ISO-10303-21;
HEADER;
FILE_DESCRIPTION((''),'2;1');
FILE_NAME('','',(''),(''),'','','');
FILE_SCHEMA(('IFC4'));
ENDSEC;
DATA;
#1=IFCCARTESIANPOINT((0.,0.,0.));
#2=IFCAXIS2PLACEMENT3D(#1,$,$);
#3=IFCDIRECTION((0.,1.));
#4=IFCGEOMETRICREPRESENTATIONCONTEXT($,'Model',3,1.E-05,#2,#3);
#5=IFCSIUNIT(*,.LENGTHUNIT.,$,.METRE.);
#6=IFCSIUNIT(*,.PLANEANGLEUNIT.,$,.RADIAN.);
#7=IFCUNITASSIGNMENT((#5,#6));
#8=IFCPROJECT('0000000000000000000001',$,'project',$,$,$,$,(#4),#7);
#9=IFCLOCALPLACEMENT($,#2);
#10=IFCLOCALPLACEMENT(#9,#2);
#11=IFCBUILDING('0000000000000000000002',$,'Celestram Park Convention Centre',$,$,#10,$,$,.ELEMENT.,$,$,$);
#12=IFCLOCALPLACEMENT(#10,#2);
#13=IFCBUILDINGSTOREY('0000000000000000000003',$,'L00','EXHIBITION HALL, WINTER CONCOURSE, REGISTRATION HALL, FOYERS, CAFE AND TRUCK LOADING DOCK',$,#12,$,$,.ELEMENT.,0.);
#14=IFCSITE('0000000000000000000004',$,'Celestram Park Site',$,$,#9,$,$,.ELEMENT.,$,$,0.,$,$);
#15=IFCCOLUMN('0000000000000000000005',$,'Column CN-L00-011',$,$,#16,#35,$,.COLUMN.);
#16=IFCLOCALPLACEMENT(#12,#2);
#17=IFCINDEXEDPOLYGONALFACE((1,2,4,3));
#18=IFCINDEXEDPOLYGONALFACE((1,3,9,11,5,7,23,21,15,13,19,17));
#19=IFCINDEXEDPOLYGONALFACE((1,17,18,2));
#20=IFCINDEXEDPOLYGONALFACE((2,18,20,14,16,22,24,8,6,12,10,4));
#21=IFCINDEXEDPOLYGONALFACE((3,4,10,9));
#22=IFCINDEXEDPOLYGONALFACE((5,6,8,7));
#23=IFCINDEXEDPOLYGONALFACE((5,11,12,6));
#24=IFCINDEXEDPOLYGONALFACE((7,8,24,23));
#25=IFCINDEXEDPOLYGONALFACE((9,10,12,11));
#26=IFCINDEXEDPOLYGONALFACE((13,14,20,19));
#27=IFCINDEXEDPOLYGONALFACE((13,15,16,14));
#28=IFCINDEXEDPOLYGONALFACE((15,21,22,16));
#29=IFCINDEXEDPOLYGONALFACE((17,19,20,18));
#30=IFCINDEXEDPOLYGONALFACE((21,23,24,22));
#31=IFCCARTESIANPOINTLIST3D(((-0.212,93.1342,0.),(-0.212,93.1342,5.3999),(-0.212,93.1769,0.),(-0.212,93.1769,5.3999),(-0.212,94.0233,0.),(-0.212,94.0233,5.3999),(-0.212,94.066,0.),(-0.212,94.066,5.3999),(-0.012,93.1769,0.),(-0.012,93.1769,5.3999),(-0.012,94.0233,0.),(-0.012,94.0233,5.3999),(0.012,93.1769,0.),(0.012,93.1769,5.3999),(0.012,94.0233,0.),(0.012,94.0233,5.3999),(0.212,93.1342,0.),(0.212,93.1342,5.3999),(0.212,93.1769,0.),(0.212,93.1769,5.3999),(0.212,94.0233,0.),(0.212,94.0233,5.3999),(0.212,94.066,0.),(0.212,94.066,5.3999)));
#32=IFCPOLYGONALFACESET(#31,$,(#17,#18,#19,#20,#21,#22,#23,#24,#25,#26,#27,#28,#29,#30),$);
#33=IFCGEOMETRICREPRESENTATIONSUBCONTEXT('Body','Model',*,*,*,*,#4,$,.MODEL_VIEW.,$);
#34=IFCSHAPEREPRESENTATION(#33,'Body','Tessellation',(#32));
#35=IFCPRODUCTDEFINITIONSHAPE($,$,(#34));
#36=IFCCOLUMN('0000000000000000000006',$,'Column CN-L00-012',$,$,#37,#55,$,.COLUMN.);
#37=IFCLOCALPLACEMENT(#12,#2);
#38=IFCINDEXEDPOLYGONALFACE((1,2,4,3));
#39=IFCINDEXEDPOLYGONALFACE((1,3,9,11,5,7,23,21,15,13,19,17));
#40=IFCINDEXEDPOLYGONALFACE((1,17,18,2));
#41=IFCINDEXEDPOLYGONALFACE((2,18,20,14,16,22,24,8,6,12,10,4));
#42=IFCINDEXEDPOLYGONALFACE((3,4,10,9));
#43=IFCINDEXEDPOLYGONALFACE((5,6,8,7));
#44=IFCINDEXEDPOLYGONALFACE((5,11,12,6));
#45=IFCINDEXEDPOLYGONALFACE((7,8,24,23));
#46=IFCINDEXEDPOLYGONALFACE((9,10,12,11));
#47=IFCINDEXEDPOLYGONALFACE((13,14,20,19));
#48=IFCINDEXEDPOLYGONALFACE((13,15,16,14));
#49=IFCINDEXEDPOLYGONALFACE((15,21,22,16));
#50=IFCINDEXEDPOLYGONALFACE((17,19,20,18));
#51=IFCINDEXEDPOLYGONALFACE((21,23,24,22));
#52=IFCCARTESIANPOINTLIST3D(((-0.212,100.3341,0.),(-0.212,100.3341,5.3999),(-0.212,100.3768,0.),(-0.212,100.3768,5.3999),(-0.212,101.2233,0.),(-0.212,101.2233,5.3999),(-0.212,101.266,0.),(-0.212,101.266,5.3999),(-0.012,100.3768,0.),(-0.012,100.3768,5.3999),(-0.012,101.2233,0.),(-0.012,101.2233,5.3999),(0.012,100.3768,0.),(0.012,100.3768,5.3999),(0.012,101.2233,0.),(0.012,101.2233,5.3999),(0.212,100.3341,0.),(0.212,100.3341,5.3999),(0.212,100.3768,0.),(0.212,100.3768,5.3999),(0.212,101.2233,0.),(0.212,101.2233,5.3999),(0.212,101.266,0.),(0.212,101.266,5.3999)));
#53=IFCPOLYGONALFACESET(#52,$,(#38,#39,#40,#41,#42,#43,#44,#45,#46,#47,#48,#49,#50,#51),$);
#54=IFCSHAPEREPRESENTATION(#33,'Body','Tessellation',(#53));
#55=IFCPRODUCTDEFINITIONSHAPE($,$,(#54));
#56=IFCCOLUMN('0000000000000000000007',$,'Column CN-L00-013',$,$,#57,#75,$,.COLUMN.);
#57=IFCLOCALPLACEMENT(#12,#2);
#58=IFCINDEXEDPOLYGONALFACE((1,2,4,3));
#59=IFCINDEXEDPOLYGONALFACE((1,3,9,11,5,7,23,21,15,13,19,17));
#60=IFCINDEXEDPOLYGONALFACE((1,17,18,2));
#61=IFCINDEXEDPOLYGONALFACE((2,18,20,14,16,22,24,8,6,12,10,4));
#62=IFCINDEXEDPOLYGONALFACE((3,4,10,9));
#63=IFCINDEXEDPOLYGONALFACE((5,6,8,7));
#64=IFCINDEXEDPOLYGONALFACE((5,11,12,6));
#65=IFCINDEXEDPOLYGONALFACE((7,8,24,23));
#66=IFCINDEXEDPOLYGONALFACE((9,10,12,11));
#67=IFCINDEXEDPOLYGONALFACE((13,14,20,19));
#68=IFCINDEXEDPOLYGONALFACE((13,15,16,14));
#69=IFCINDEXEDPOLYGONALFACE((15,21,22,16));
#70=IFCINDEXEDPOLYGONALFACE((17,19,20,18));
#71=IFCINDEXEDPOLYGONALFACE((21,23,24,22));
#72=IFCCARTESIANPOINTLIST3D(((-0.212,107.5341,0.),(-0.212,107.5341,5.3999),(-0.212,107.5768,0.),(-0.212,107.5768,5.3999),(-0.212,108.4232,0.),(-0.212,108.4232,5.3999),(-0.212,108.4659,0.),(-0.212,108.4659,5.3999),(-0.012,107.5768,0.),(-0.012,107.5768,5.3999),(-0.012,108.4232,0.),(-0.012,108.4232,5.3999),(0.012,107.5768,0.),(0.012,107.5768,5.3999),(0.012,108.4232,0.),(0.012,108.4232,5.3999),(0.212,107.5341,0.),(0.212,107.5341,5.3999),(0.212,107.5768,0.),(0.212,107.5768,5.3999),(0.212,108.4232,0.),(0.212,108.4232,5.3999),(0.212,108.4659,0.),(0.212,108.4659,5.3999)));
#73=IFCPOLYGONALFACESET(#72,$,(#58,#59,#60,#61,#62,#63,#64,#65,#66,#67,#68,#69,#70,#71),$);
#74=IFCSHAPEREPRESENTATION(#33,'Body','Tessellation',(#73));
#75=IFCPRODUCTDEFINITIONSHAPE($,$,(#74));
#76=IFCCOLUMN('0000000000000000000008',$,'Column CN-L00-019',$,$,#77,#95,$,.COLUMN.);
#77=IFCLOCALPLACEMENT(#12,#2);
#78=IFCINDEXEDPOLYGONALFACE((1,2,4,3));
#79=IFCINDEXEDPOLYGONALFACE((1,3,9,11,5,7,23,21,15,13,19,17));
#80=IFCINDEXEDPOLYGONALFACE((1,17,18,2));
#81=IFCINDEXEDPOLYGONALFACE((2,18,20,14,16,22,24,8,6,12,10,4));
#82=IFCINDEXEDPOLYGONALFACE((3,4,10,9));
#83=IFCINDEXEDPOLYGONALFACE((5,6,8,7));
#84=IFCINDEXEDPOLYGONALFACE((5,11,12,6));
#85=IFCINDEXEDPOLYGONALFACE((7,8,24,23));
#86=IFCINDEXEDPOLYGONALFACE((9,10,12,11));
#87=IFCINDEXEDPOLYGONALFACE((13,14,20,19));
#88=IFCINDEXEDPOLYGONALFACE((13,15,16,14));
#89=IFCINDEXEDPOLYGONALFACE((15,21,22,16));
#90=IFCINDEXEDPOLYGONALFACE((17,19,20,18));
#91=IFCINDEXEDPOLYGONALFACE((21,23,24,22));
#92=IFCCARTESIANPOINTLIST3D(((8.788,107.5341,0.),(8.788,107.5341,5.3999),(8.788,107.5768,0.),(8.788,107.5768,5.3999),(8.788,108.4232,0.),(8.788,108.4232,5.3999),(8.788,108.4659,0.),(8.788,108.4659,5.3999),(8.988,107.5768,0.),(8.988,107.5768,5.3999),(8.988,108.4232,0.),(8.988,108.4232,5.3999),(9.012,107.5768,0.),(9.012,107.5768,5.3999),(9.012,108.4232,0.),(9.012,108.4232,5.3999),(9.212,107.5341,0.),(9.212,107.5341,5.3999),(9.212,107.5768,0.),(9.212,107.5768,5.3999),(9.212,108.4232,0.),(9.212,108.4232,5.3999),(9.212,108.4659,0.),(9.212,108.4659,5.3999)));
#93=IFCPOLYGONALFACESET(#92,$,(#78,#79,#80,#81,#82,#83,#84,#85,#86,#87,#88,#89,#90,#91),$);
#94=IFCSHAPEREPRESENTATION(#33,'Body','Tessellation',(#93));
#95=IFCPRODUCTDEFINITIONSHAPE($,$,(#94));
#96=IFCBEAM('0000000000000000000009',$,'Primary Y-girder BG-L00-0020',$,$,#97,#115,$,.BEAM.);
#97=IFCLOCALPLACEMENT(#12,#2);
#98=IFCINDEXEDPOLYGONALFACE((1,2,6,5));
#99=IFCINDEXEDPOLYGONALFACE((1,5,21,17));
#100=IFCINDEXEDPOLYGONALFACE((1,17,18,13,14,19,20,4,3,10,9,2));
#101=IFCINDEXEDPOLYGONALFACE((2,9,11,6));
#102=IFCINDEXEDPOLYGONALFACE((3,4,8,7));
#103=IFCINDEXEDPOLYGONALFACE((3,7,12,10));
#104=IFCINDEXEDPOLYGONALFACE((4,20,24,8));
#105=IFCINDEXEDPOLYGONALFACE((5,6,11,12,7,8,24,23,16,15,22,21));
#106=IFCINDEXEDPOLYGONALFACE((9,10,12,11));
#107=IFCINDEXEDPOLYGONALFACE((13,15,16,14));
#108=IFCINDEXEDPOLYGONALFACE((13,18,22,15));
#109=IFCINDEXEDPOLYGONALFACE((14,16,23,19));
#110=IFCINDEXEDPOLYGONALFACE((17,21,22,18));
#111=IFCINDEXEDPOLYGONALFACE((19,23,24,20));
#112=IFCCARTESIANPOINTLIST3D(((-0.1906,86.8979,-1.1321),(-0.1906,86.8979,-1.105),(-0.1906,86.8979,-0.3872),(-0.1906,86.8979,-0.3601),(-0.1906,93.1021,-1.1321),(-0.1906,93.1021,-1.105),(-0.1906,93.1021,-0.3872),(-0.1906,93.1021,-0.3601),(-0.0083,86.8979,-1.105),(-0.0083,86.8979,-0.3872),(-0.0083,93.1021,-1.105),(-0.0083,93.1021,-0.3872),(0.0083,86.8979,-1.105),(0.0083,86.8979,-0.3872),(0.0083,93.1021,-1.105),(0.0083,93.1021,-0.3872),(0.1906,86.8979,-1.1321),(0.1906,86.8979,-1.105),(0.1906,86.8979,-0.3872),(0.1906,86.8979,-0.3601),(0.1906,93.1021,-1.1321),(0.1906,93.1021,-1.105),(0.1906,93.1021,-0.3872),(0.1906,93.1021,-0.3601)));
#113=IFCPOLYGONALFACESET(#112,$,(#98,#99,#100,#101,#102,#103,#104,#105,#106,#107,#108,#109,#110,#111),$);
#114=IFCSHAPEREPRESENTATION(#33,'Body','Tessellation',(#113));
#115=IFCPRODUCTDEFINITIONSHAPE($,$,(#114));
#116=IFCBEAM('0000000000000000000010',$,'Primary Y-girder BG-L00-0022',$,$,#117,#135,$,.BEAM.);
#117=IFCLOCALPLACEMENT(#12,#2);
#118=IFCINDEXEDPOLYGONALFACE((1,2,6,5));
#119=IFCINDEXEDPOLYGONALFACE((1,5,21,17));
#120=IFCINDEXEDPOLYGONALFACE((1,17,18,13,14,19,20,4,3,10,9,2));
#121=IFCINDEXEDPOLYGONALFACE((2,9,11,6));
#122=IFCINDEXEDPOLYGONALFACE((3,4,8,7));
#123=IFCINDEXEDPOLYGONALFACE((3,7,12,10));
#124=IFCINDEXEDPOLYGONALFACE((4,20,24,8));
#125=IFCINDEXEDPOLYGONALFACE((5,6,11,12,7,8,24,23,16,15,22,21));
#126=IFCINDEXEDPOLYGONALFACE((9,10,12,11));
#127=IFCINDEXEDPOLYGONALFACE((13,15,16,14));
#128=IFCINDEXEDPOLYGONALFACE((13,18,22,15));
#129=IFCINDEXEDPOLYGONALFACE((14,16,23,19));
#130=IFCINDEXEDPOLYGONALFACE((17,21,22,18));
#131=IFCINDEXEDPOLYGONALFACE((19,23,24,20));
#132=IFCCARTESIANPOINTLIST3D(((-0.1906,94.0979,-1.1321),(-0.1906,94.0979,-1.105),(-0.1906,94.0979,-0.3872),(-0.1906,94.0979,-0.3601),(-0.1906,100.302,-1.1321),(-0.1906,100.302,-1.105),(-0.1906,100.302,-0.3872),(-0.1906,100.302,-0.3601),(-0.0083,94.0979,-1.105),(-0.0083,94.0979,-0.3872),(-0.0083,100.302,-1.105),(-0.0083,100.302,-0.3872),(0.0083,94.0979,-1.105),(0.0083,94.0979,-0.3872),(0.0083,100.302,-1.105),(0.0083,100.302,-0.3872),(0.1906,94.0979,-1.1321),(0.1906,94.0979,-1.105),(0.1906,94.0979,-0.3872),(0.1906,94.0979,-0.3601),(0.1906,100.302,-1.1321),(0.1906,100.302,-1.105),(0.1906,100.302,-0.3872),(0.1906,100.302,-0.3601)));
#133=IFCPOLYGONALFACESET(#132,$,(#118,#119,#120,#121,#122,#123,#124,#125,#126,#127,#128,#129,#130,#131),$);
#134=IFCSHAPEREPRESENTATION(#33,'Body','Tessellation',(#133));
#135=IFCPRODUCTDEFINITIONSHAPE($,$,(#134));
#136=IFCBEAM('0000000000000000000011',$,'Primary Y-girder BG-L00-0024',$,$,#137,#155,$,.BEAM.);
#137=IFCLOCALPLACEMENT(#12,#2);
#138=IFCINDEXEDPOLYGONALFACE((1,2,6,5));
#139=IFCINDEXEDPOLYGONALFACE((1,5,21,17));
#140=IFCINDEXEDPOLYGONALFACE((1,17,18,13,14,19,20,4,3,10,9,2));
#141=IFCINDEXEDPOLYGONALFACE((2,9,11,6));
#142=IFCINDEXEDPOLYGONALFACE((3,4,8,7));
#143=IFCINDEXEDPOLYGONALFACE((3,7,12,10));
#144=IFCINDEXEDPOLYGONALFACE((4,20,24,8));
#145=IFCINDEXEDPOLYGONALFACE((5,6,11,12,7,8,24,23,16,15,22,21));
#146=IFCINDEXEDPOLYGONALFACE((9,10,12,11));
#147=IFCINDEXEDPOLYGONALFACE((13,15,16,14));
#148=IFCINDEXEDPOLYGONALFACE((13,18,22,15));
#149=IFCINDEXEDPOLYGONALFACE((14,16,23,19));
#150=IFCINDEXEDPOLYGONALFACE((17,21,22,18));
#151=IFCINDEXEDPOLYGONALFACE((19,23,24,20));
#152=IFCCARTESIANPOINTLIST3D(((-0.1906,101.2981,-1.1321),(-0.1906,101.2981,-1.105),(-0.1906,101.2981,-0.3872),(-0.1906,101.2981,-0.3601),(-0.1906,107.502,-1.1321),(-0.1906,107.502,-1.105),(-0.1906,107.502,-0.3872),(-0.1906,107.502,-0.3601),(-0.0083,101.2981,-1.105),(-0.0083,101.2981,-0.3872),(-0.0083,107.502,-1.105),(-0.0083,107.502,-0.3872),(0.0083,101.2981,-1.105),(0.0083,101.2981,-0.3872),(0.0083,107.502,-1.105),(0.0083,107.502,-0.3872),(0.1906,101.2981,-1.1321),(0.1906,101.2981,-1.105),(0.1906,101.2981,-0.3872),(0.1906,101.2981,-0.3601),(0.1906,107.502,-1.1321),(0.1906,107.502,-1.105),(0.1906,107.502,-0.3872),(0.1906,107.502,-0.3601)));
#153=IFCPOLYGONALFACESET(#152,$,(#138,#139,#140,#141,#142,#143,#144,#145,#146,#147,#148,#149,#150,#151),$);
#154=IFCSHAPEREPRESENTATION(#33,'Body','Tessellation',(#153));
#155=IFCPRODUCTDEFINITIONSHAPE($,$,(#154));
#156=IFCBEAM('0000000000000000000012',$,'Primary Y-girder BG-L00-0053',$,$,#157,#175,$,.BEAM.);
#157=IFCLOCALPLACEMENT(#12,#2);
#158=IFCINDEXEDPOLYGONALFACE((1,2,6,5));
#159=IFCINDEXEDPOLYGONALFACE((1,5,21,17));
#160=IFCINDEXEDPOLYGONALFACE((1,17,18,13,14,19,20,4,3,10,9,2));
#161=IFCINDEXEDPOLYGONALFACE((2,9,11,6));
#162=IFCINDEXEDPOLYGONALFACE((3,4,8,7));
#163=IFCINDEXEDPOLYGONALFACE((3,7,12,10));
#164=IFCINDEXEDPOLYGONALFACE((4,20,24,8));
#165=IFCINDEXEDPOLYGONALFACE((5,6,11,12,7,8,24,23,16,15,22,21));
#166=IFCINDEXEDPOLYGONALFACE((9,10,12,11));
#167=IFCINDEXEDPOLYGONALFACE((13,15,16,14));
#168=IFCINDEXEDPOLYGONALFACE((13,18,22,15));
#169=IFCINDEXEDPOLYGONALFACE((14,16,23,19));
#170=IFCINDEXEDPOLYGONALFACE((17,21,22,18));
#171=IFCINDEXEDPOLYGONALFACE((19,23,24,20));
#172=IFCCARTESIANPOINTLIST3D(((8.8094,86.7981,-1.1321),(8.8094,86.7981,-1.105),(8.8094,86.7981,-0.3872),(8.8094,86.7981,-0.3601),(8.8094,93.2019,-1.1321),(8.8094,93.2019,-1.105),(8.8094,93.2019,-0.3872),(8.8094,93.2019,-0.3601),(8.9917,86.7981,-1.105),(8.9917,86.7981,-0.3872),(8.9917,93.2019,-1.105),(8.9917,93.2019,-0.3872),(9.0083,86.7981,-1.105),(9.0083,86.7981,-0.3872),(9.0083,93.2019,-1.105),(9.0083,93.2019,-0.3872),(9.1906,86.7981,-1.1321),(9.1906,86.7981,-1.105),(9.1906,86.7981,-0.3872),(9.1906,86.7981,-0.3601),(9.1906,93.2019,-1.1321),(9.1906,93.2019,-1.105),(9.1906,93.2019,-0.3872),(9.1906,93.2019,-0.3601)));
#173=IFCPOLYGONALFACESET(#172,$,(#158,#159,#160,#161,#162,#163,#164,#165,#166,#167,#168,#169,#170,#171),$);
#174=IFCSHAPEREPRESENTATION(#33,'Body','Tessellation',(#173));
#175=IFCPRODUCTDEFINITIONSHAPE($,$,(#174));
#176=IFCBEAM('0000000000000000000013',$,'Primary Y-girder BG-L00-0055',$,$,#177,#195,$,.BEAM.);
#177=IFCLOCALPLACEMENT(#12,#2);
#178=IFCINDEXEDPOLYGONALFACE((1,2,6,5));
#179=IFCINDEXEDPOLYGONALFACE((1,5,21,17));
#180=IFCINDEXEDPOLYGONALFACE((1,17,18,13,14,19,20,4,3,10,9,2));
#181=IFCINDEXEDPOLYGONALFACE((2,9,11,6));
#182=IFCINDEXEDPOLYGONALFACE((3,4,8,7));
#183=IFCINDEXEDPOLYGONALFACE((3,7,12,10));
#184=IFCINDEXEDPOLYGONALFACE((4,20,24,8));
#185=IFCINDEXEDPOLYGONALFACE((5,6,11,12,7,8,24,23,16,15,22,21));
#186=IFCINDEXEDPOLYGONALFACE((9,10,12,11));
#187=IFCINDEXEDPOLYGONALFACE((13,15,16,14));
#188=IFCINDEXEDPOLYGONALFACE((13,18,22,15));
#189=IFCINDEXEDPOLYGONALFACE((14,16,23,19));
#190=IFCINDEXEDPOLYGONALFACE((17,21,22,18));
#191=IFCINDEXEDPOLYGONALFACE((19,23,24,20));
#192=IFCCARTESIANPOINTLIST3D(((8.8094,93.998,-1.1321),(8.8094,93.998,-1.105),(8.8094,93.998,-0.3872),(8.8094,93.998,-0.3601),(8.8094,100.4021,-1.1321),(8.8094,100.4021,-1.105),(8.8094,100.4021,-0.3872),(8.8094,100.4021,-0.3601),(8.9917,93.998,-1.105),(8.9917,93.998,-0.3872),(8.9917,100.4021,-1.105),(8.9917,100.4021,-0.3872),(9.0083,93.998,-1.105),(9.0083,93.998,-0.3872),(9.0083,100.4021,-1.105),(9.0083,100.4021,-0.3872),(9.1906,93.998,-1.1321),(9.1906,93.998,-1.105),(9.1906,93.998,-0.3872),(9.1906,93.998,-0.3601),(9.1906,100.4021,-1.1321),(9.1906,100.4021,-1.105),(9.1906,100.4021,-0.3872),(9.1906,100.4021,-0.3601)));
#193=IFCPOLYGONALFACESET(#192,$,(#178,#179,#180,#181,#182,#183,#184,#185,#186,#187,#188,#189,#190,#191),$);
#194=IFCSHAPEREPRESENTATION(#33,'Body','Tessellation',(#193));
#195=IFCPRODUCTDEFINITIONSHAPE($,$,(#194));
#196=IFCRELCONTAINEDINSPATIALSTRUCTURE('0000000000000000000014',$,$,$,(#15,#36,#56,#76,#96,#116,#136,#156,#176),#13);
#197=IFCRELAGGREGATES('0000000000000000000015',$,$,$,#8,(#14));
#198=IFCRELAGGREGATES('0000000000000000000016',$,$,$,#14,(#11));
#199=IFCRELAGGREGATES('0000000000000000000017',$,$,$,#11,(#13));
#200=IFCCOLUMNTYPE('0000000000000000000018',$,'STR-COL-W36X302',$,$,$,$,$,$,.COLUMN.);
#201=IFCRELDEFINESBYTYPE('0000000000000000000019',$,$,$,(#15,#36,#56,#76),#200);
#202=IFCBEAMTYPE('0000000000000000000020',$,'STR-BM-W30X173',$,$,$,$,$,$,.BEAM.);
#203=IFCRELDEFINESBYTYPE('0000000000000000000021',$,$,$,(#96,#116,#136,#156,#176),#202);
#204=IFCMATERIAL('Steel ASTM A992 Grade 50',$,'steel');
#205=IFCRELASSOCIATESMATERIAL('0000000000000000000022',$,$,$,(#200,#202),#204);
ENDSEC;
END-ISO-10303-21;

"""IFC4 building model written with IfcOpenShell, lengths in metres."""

from ifc_helpers import new_model, si_unit, direction, frame, origin, origin_2d, place, context, subcontext, project, spatial, i_section, extrude, material, material_profile, profile_set, type_object, element, save


model = new_model("IFC4")

# Units and contexts
model_context = context("Model", 3, precision=1e-05, world=origin(), true_north=direction((0.0, 1.0)))
body_context = subcontext(model_context, "Body", "Model", "MODEL_VIEW")
ifc_project = project(units=[si_unit("LENGTHUNIT", "METRE"), si_unit("PLANEANGLEUNIT", "RADIAN")], contexts=[model_context])

# Site, building, storey
site_placement = place(None, origin())
site = spatial("IfcSite", under=ifc_project, at=site_placement, Name="Celestram Park Site", CompositionType="ELEMENT", RefElevation=0.0)
building_placement = place(site_placement, origin())
building = spatial("IfcBuilding", under=site, at=building_placement, Name="Celestram Park Convention Centre", CompositionType="ELEMENT")
storey_placement = place(building_placement, origin())
storey = spatial("IfcBuildingStorey", under=building, at=storey_placement, Name="L00", Description="EXHIBITION HALL, WINTER CONCOURSE, REGISTRATION HALL, FOYERS, CAFE AND TRUCK LOADING DOCK", CompositionType="ELEMENT", Elevation=0.0)

# Columns
ifc_material_1 = material(Name="Steel ASTM A992 Grade 50", Category="steel")
ifc_material_profile_1 = material_profile(ifc_material_1, i_section(OverallWidth=0.4241, OverallDepth=0.9319, WebThickness=0.0239, FlangeThickness=0.0427, at=origin_2d()), Name="W36X302")
ifc_profile_set_1 = profile_set([ifc_material_profile_1], Name="Steel ASTM A992 Grade 50")
column_type = type_object("IfcColumnType", Name="STR-COL-W36X302", PredefinedType="COLUMN", material=ifc_profile_set_1)
for number, where, z_axis, x_axis, name in (
    (1, (0.0, 93.6001, 0.0), (0.0, 0.0, 1.0), (1.0, 0.0, 0.0), "Column CN-L00-011"),
    (2, (0.0, 100.8, 0.0), (0.0, 0.0, 1.0), (1.0, 0.0, 0.0), "Column CN-L00-012"),
    (3, (0.0, 108.0, 0.0), (0.0, 0.0, 1.0), (1.0, 0.0, 0.0), "Column CN-L00-013"),
    (4, (9.0, 108.0, 0.0), (0.0, 0.0, 1.0), (1.0, 0.0, 0.0), "Column CN-L00-019"),
):
    element("IfcColumn", number, at=place(storey_placement, frame(where, z_axis=z_axis, x_axis=x_axis)), inside=storey, type_object=column_type, Name=name, PredefinedType="COLUMN", context=body_context, shape_type="SweptSolid", body=[
        extrude(i_section(OverallWidth=0.4241, OverallDepth=0.9319, WebThickness=0.0239, FlangeThickness=0.0427, at=origin_2d()), origin(), (0.0, 0.0, 1.0), 5.3999),
    ])

# Beams
ifc_material_profile_2 = material_profile(ifc_material_1, i_section(OverallWidth=0.3811, OverallDepth=0.772, WebThickness=0.0166, FlangeThickness=0.0271, at=origin_2d()), Name="W30X173")
ifc_profile_set_2 = profile_set([ifc_material_profile_2], Name="Steel ASTM A992 Grade 50")
beam_type_1 = type_object("IfcBeamType", Name="STR-BM-W30X173", PredefinedType="BEAM", material=ifc_profile_set_2)
for number, where, z_axis, x_axis, name in (
    (5, (0.0, 86.8979, -0.7461), (0.0, 1.0, 0.0), (-1.0, 0.0, 0.0), "Primary Y-girder BG-L00-0020"),
    (6, (0.0, 94.0979, -0.7461), (0.0, 1.0, 0.0), (-1.0, 0.0, 0.0), "Primary Y-girder BG-L00-0022"),
):
    element("IfcBeam", number, at=place(storey_placement, frame(where, z_axis=z_axis, x_axis=x_axis)), inside=storey, type_object=beam_type_1, Name=name, PredefinedType="BEAM", context=body_context, shape_type="SweptSolid", body=[
        extrude(i_section(OverallWidth=0.3811, OverallDepth=0.772, WebThickness=0.0166, FlangeThickness=0.0271, at=origin_2d()), origin(), (0.0, 0.0, 1.0), 6.2041),
    ])
beam_1_placement = place(storey_placement, frame((0.0, 101.2981, -0.7461), z_axis=(0.0, 1.0, 0.0), x_axis=(-1.0, 0.0, 0.0)))
element("IfcBeam", 7, at=beam_1_placement, inside=storey, type_object=beam_type_1, Name="Primary Y-girder BG-L00-0024", PredefinedType="BEAM", context=body_context, shape_type="SweptSolid", body=[
    extrude(i_section(OverallWidth=0.3811, OverallDepth=0.772, WebThickness=0.0166, FlangeThickness=0.0271, at=origin_2d()), origin(), (0.0, 0.0, 1.0), 6.2039),
])
beam_2_placement = place(storey_placement, frame((9.0, 86.7981, -0.7461), z_axis=(0.0, 1.0, 0.0), x_axis=(-1.0, 0.0, 0.0)))
element("IfcBeam", 8, at=beam_2_placement, inside=storey, type_object=beam_type_1, Name="Primary Y-girder BG-L00-0053", PredefinedType="BEAM", context=body_context, shape_type="SweptSolid", body=[
    extrude(i_section(OverallWidth=0.3811, OverallDepth=0.772, WebThickness=0.0166, FlangeThickness=0.0271, at=origin_2d()), origin(), (0.0, 0.0, 1.0), 6.4038),
])
beam_3_placement = place(storey_placement, frame((9.0, 93.998, -0.7461), z_axis=(0.0, 1.0, 0.0), x_axis=(-1.0, 0.0, 0.0)))
element("IfcBeam", 9, at=beam_3_placement, inside=storey, type_object=beam_type_1, Name="Primary Y-girder BG-L00-0055", PredefinedType="BEAM", context=body_context, shape_type="SweptSolid", body=[
    extrude(i_section(OverallWidth=0.3811, OverallDepth=0.772, WebThickness=0.0166, FlangeThickness=0.0271, at=origin_2d()), origin(), (0.0, 0.0, 1.0), 6.4041),
])

save(model, "model.ifc")
